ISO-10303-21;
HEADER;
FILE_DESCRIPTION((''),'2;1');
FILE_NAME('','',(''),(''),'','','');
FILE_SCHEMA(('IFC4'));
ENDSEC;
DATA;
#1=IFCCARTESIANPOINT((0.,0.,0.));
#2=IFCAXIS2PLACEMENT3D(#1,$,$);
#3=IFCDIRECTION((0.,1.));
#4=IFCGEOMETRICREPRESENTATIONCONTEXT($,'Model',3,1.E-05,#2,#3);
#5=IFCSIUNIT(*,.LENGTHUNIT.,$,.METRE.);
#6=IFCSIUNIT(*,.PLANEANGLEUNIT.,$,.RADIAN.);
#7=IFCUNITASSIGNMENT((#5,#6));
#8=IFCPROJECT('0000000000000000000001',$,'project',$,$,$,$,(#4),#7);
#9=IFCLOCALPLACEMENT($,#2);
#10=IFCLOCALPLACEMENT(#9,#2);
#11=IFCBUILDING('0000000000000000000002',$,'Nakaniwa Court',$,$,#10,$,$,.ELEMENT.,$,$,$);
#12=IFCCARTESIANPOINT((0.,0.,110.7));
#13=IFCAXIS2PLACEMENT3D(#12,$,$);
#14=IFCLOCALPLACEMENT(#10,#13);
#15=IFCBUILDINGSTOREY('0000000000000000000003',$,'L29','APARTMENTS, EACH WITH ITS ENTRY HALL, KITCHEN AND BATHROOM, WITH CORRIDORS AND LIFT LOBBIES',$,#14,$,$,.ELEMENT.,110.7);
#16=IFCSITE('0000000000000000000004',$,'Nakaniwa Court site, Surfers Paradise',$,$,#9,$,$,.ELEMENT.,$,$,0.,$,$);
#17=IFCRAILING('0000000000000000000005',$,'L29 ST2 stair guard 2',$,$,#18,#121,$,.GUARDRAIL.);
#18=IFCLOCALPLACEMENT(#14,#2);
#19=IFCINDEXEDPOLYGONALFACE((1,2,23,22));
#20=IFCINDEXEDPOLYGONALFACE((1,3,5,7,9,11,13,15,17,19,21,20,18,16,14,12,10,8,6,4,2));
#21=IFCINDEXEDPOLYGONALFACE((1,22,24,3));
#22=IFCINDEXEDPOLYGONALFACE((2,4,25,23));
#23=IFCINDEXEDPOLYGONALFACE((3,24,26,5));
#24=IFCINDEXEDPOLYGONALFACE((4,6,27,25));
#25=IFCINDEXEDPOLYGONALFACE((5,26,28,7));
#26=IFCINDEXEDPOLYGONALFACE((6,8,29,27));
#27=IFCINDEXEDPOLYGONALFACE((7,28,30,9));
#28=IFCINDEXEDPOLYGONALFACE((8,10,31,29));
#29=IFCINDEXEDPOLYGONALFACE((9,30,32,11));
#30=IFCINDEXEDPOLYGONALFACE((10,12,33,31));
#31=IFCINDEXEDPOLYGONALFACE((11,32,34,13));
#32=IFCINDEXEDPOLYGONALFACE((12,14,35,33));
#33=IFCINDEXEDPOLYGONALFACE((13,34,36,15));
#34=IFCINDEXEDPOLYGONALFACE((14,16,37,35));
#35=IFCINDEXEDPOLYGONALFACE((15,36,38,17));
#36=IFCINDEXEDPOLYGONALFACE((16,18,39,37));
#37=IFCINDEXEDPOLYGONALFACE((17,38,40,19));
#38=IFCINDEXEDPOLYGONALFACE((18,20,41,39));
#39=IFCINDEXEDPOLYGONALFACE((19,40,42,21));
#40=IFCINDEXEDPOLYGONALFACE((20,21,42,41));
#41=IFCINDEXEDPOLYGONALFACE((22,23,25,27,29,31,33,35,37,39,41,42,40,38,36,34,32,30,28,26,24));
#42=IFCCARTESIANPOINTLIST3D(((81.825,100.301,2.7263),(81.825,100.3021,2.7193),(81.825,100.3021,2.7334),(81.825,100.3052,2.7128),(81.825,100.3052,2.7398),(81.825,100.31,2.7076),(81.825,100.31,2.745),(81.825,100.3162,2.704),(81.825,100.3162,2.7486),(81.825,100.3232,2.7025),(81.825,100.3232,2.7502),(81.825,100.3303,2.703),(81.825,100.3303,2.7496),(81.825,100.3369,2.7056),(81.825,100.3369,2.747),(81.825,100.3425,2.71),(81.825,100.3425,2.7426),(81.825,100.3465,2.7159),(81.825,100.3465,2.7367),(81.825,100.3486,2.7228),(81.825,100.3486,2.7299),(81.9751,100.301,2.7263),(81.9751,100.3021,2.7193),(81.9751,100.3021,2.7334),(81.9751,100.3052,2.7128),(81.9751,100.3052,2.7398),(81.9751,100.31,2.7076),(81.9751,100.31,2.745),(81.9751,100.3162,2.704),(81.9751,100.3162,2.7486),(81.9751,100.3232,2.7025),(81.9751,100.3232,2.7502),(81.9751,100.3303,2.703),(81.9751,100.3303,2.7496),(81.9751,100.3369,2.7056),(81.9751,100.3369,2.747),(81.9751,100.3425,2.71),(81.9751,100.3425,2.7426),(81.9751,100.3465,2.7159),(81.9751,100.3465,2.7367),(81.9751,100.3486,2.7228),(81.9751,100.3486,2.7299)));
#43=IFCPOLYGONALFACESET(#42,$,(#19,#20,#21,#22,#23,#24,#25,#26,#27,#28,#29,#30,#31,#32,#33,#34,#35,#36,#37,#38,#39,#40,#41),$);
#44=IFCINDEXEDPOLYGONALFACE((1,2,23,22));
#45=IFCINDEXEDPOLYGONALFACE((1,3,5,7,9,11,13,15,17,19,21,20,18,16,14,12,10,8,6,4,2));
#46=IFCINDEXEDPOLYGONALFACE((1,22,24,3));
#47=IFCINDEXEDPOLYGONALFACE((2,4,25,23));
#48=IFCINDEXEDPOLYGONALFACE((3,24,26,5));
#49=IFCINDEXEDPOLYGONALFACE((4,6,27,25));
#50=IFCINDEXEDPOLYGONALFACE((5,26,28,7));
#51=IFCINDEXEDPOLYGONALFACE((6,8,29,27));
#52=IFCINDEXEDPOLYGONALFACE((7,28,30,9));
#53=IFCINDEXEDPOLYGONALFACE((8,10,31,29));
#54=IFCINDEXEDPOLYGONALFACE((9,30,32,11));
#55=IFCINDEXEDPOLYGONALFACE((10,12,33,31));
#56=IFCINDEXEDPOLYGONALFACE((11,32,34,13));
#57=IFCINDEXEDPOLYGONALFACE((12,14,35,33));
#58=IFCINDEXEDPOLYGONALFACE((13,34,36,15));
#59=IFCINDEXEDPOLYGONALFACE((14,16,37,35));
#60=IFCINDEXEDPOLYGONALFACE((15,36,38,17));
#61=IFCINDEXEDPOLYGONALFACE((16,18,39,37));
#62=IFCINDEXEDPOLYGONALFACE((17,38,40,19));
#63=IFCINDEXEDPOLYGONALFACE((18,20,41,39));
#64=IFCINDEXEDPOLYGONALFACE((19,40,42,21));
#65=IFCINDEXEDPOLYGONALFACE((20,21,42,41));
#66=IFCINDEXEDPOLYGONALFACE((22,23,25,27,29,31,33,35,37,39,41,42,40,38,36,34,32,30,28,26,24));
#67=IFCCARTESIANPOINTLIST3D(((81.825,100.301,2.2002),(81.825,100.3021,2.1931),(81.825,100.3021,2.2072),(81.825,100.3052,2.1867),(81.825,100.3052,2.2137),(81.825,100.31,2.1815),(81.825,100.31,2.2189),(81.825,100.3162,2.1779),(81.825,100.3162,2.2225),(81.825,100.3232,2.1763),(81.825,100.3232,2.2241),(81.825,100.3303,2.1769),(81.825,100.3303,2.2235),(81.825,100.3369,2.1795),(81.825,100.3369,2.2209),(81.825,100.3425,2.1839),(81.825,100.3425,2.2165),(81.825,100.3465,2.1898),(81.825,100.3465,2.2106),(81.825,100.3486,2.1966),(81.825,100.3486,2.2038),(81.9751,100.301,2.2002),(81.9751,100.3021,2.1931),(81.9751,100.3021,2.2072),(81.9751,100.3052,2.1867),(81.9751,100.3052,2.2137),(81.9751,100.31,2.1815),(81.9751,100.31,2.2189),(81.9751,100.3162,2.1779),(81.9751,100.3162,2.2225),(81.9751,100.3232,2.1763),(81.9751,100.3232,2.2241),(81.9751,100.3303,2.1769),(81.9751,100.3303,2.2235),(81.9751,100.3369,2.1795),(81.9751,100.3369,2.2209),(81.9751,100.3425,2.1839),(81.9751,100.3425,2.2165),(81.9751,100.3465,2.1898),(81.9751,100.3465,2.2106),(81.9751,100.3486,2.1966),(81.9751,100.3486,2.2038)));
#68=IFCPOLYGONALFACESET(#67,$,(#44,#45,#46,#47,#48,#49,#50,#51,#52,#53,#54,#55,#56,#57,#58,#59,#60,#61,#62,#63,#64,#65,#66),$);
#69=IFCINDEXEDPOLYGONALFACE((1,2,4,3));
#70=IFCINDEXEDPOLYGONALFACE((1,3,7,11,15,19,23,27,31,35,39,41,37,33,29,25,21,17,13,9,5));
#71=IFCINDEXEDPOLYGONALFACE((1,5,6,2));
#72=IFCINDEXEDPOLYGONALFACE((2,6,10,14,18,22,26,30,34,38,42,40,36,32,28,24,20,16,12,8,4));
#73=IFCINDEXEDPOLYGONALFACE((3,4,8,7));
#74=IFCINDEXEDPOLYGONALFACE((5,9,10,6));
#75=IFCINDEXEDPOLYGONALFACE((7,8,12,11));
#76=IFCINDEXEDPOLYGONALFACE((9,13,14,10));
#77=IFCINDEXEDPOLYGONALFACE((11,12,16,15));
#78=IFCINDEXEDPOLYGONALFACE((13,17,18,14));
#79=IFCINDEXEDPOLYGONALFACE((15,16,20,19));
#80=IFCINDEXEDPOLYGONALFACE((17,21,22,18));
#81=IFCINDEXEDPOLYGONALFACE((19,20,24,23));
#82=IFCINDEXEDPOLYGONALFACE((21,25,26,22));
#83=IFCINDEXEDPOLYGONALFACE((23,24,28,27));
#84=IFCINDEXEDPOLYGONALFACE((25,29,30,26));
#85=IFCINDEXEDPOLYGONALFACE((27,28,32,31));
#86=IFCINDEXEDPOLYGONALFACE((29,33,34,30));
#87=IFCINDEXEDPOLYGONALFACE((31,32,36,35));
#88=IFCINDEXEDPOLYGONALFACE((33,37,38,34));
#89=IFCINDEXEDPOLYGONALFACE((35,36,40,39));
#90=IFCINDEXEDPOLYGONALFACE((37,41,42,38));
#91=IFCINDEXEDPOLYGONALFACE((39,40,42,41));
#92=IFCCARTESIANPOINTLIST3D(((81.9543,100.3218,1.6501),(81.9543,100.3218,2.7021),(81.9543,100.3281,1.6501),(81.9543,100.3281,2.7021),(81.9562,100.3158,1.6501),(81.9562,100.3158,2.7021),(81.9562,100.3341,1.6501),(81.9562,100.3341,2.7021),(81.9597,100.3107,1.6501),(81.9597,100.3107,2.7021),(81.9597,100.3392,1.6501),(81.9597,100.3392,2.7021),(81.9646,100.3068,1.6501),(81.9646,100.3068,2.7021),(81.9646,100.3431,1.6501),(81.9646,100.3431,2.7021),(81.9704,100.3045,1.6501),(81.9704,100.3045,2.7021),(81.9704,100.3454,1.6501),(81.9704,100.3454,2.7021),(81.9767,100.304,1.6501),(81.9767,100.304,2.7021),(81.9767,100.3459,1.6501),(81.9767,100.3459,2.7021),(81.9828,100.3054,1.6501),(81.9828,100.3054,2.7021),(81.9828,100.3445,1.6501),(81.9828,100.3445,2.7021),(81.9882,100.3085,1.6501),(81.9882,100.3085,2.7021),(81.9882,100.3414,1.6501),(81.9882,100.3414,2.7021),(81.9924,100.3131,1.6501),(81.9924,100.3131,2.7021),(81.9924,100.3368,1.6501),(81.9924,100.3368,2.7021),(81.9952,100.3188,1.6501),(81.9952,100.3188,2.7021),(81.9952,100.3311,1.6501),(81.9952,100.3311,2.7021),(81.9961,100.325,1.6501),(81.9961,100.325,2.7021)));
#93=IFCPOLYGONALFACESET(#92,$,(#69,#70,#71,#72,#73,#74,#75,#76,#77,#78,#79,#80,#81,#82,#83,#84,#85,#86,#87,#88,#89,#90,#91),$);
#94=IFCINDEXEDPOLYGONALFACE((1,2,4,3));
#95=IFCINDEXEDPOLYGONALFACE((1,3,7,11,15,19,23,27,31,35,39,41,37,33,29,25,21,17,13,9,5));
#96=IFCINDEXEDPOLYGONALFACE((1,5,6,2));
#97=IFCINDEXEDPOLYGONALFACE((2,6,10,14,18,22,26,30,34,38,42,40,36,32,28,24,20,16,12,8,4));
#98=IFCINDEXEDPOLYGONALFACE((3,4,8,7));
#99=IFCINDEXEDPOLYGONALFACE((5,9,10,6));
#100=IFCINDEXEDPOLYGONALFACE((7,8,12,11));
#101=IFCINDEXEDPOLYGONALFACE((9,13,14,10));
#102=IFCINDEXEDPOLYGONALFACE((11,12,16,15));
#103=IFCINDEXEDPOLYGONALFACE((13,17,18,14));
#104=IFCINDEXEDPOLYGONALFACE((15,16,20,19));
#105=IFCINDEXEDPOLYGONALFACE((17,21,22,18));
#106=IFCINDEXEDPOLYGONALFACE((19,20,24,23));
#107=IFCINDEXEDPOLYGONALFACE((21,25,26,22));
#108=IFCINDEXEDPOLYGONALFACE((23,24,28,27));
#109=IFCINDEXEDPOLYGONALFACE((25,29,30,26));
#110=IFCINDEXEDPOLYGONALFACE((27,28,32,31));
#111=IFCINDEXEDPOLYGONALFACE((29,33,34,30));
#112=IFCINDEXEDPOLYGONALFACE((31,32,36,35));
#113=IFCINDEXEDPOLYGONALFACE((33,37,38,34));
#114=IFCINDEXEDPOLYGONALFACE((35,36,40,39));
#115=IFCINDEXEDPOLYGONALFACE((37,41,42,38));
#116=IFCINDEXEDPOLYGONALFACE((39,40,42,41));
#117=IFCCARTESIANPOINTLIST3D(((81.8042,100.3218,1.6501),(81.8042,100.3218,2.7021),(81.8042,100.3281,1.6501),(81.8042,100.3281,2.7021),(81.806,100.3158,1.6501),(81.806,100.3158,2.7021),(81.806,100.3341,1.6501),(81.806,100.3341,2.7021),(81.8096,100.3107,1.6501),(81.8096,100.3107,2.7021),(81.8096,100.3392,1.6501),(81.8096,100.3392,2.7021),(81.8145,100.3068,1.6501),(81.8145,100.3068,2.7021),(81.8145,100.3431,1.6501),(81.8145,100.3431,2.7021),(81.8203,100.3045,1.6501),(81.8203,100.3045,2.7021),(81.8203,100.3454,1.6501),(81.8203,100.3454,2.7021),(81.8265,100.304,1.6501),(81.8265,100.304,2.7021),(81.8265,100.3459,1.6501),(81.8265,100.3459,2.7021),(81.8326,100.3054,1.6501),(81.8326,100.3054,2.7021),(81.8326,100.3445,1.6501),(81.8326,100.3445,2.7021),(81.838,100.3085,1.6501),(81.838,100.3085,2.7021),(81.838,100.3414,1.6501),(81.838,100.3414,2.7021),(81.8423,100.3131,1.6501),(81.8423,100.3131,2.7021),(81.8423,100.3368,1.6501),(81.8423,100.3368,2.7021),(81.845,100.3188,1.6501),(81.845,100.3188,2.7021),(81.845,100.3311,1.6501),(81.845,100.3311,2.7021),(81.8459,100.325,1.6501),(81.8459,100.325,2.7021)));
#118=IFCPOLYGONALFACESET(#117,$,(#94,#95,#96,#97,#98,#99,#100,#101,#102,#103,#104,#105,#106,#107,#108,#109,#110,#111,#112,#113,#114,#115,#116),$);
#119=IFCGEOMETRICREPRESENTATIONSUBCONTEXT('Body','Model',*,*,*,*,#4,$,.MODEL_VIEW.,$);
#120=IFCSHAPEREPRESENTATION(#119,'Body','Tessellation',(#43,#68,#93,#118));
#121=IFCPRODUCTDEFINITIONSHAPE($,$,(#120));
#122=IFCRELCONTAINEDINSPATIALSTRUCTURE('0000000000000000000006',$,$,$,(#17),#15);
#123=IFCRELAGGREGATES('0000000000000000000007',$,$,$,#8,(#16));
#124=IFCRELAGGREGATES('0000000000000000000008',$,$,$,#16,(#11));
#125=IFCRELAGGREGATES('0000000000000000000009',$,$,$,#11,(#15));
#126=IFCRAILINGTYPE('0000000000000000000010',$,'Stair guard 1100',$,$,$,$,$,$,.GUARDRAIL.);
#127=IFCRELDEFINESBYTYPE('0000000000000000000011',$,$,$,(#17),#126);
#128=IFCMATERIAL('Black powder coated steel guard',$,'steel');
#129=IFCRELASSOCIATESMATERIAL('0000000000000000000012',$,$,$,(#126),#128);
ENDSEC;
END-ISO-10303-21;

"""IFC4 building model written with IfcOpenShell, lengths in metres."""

from ifc_helpers import new_model, si_unit, direction, frame, origin, origin_2d, place, context, subcontext, project, spatial, circle, extrude, material, type_object, element, save


model = new_model("IFC4")

# Units and contexts
model_context = context("Model", 3, precision=1e-05, world=origin(), true_north=direction((0.0, 1.0)))
body_context = subcontext(model_context, "Body", "Model", "MODEL_VIEW")
ifc_project = project(units=[si_unit("LENGTHUNIT", "METRE"), si_unit("PLANEANGLEUNIT", "RADIAN")], contexts=[model_context])

# Site, building, storey
site_placement = place(None, origin())
site = spatial("IfcSite", under=ifc_project, at=site_placement, Name="Nakaniwa Court site, Surfers Paradise", CompositionType="ELEMENT", RefElevation=0.0)
building_placement = place(site_placement, origin())
building = spatial("IfcBuilding", under=site, at=building_placement, Name="Nakaniwa Court", CompositionType="ELEMENT")
storey_placement = place(building_placement, frame((0.0, 0.0, 110.7)))
storey = spatial("IfcBuildingStorey", under=building, at=storey_placement, Name="L29", Description="APARTMENTS, EACH WITH ITS ENTRY HALL, KITCHEN AND BATHROOM, WITH CORRIDORS AND LIFT LOBBIES", CompositionType="ELEMENT", Elevation=110.7)

# Railing
ifc_material_1 = material(Name="Black powder coated steel guard", Category="steel")
railing_type_1 = type_object("IfcRailingType", Name="Stair guard 1100", PredefinedType="GUARDRAIL", material=ifc_material_1)
railing_1_placement = place(storey_placement, frame((81.9751, 100.325, 1.6501)))
element("IfcRailing", 1, at=railing_1_placement, inside=storey, type_object=railing_type_1, Name="L29 ST2 stair guard 2", PredefinedType="GUARDRAIL", context=body_context, shape_type="SweptSolid", body=[
    extrude(circle(Radius=0.0239, at=origin_2d()), frame((0.0, 0.0, 1.0762), z_axis=(-1.0, 0.0, 0.0), x_axis=(0.0, -1.0, 0.0)), (0.0, 0.0, 1.0), 0.1501),
    extrude(circle(Radius=0.0239, at=origin_2d()), frame((0.0, 0.0, 0.55), z_axis=(-1.0, 0.0, 0.0), x_axis=(0.0, -1.0, 0.0)), (0.0, 0.0, 1.0), 0.1501),
    extrude(circle(Radius=0.021, at=origin_2d()), origin(), (0.0, 0.0, 1.0), 1.052),
    extrude(circle(Radius=0.021, at=origin_2d()), frame((-0.1501, 0.0, 0.0)), (0.0, 0.0, 1.0), 1.052),
])

save(model, "model.ifc")
